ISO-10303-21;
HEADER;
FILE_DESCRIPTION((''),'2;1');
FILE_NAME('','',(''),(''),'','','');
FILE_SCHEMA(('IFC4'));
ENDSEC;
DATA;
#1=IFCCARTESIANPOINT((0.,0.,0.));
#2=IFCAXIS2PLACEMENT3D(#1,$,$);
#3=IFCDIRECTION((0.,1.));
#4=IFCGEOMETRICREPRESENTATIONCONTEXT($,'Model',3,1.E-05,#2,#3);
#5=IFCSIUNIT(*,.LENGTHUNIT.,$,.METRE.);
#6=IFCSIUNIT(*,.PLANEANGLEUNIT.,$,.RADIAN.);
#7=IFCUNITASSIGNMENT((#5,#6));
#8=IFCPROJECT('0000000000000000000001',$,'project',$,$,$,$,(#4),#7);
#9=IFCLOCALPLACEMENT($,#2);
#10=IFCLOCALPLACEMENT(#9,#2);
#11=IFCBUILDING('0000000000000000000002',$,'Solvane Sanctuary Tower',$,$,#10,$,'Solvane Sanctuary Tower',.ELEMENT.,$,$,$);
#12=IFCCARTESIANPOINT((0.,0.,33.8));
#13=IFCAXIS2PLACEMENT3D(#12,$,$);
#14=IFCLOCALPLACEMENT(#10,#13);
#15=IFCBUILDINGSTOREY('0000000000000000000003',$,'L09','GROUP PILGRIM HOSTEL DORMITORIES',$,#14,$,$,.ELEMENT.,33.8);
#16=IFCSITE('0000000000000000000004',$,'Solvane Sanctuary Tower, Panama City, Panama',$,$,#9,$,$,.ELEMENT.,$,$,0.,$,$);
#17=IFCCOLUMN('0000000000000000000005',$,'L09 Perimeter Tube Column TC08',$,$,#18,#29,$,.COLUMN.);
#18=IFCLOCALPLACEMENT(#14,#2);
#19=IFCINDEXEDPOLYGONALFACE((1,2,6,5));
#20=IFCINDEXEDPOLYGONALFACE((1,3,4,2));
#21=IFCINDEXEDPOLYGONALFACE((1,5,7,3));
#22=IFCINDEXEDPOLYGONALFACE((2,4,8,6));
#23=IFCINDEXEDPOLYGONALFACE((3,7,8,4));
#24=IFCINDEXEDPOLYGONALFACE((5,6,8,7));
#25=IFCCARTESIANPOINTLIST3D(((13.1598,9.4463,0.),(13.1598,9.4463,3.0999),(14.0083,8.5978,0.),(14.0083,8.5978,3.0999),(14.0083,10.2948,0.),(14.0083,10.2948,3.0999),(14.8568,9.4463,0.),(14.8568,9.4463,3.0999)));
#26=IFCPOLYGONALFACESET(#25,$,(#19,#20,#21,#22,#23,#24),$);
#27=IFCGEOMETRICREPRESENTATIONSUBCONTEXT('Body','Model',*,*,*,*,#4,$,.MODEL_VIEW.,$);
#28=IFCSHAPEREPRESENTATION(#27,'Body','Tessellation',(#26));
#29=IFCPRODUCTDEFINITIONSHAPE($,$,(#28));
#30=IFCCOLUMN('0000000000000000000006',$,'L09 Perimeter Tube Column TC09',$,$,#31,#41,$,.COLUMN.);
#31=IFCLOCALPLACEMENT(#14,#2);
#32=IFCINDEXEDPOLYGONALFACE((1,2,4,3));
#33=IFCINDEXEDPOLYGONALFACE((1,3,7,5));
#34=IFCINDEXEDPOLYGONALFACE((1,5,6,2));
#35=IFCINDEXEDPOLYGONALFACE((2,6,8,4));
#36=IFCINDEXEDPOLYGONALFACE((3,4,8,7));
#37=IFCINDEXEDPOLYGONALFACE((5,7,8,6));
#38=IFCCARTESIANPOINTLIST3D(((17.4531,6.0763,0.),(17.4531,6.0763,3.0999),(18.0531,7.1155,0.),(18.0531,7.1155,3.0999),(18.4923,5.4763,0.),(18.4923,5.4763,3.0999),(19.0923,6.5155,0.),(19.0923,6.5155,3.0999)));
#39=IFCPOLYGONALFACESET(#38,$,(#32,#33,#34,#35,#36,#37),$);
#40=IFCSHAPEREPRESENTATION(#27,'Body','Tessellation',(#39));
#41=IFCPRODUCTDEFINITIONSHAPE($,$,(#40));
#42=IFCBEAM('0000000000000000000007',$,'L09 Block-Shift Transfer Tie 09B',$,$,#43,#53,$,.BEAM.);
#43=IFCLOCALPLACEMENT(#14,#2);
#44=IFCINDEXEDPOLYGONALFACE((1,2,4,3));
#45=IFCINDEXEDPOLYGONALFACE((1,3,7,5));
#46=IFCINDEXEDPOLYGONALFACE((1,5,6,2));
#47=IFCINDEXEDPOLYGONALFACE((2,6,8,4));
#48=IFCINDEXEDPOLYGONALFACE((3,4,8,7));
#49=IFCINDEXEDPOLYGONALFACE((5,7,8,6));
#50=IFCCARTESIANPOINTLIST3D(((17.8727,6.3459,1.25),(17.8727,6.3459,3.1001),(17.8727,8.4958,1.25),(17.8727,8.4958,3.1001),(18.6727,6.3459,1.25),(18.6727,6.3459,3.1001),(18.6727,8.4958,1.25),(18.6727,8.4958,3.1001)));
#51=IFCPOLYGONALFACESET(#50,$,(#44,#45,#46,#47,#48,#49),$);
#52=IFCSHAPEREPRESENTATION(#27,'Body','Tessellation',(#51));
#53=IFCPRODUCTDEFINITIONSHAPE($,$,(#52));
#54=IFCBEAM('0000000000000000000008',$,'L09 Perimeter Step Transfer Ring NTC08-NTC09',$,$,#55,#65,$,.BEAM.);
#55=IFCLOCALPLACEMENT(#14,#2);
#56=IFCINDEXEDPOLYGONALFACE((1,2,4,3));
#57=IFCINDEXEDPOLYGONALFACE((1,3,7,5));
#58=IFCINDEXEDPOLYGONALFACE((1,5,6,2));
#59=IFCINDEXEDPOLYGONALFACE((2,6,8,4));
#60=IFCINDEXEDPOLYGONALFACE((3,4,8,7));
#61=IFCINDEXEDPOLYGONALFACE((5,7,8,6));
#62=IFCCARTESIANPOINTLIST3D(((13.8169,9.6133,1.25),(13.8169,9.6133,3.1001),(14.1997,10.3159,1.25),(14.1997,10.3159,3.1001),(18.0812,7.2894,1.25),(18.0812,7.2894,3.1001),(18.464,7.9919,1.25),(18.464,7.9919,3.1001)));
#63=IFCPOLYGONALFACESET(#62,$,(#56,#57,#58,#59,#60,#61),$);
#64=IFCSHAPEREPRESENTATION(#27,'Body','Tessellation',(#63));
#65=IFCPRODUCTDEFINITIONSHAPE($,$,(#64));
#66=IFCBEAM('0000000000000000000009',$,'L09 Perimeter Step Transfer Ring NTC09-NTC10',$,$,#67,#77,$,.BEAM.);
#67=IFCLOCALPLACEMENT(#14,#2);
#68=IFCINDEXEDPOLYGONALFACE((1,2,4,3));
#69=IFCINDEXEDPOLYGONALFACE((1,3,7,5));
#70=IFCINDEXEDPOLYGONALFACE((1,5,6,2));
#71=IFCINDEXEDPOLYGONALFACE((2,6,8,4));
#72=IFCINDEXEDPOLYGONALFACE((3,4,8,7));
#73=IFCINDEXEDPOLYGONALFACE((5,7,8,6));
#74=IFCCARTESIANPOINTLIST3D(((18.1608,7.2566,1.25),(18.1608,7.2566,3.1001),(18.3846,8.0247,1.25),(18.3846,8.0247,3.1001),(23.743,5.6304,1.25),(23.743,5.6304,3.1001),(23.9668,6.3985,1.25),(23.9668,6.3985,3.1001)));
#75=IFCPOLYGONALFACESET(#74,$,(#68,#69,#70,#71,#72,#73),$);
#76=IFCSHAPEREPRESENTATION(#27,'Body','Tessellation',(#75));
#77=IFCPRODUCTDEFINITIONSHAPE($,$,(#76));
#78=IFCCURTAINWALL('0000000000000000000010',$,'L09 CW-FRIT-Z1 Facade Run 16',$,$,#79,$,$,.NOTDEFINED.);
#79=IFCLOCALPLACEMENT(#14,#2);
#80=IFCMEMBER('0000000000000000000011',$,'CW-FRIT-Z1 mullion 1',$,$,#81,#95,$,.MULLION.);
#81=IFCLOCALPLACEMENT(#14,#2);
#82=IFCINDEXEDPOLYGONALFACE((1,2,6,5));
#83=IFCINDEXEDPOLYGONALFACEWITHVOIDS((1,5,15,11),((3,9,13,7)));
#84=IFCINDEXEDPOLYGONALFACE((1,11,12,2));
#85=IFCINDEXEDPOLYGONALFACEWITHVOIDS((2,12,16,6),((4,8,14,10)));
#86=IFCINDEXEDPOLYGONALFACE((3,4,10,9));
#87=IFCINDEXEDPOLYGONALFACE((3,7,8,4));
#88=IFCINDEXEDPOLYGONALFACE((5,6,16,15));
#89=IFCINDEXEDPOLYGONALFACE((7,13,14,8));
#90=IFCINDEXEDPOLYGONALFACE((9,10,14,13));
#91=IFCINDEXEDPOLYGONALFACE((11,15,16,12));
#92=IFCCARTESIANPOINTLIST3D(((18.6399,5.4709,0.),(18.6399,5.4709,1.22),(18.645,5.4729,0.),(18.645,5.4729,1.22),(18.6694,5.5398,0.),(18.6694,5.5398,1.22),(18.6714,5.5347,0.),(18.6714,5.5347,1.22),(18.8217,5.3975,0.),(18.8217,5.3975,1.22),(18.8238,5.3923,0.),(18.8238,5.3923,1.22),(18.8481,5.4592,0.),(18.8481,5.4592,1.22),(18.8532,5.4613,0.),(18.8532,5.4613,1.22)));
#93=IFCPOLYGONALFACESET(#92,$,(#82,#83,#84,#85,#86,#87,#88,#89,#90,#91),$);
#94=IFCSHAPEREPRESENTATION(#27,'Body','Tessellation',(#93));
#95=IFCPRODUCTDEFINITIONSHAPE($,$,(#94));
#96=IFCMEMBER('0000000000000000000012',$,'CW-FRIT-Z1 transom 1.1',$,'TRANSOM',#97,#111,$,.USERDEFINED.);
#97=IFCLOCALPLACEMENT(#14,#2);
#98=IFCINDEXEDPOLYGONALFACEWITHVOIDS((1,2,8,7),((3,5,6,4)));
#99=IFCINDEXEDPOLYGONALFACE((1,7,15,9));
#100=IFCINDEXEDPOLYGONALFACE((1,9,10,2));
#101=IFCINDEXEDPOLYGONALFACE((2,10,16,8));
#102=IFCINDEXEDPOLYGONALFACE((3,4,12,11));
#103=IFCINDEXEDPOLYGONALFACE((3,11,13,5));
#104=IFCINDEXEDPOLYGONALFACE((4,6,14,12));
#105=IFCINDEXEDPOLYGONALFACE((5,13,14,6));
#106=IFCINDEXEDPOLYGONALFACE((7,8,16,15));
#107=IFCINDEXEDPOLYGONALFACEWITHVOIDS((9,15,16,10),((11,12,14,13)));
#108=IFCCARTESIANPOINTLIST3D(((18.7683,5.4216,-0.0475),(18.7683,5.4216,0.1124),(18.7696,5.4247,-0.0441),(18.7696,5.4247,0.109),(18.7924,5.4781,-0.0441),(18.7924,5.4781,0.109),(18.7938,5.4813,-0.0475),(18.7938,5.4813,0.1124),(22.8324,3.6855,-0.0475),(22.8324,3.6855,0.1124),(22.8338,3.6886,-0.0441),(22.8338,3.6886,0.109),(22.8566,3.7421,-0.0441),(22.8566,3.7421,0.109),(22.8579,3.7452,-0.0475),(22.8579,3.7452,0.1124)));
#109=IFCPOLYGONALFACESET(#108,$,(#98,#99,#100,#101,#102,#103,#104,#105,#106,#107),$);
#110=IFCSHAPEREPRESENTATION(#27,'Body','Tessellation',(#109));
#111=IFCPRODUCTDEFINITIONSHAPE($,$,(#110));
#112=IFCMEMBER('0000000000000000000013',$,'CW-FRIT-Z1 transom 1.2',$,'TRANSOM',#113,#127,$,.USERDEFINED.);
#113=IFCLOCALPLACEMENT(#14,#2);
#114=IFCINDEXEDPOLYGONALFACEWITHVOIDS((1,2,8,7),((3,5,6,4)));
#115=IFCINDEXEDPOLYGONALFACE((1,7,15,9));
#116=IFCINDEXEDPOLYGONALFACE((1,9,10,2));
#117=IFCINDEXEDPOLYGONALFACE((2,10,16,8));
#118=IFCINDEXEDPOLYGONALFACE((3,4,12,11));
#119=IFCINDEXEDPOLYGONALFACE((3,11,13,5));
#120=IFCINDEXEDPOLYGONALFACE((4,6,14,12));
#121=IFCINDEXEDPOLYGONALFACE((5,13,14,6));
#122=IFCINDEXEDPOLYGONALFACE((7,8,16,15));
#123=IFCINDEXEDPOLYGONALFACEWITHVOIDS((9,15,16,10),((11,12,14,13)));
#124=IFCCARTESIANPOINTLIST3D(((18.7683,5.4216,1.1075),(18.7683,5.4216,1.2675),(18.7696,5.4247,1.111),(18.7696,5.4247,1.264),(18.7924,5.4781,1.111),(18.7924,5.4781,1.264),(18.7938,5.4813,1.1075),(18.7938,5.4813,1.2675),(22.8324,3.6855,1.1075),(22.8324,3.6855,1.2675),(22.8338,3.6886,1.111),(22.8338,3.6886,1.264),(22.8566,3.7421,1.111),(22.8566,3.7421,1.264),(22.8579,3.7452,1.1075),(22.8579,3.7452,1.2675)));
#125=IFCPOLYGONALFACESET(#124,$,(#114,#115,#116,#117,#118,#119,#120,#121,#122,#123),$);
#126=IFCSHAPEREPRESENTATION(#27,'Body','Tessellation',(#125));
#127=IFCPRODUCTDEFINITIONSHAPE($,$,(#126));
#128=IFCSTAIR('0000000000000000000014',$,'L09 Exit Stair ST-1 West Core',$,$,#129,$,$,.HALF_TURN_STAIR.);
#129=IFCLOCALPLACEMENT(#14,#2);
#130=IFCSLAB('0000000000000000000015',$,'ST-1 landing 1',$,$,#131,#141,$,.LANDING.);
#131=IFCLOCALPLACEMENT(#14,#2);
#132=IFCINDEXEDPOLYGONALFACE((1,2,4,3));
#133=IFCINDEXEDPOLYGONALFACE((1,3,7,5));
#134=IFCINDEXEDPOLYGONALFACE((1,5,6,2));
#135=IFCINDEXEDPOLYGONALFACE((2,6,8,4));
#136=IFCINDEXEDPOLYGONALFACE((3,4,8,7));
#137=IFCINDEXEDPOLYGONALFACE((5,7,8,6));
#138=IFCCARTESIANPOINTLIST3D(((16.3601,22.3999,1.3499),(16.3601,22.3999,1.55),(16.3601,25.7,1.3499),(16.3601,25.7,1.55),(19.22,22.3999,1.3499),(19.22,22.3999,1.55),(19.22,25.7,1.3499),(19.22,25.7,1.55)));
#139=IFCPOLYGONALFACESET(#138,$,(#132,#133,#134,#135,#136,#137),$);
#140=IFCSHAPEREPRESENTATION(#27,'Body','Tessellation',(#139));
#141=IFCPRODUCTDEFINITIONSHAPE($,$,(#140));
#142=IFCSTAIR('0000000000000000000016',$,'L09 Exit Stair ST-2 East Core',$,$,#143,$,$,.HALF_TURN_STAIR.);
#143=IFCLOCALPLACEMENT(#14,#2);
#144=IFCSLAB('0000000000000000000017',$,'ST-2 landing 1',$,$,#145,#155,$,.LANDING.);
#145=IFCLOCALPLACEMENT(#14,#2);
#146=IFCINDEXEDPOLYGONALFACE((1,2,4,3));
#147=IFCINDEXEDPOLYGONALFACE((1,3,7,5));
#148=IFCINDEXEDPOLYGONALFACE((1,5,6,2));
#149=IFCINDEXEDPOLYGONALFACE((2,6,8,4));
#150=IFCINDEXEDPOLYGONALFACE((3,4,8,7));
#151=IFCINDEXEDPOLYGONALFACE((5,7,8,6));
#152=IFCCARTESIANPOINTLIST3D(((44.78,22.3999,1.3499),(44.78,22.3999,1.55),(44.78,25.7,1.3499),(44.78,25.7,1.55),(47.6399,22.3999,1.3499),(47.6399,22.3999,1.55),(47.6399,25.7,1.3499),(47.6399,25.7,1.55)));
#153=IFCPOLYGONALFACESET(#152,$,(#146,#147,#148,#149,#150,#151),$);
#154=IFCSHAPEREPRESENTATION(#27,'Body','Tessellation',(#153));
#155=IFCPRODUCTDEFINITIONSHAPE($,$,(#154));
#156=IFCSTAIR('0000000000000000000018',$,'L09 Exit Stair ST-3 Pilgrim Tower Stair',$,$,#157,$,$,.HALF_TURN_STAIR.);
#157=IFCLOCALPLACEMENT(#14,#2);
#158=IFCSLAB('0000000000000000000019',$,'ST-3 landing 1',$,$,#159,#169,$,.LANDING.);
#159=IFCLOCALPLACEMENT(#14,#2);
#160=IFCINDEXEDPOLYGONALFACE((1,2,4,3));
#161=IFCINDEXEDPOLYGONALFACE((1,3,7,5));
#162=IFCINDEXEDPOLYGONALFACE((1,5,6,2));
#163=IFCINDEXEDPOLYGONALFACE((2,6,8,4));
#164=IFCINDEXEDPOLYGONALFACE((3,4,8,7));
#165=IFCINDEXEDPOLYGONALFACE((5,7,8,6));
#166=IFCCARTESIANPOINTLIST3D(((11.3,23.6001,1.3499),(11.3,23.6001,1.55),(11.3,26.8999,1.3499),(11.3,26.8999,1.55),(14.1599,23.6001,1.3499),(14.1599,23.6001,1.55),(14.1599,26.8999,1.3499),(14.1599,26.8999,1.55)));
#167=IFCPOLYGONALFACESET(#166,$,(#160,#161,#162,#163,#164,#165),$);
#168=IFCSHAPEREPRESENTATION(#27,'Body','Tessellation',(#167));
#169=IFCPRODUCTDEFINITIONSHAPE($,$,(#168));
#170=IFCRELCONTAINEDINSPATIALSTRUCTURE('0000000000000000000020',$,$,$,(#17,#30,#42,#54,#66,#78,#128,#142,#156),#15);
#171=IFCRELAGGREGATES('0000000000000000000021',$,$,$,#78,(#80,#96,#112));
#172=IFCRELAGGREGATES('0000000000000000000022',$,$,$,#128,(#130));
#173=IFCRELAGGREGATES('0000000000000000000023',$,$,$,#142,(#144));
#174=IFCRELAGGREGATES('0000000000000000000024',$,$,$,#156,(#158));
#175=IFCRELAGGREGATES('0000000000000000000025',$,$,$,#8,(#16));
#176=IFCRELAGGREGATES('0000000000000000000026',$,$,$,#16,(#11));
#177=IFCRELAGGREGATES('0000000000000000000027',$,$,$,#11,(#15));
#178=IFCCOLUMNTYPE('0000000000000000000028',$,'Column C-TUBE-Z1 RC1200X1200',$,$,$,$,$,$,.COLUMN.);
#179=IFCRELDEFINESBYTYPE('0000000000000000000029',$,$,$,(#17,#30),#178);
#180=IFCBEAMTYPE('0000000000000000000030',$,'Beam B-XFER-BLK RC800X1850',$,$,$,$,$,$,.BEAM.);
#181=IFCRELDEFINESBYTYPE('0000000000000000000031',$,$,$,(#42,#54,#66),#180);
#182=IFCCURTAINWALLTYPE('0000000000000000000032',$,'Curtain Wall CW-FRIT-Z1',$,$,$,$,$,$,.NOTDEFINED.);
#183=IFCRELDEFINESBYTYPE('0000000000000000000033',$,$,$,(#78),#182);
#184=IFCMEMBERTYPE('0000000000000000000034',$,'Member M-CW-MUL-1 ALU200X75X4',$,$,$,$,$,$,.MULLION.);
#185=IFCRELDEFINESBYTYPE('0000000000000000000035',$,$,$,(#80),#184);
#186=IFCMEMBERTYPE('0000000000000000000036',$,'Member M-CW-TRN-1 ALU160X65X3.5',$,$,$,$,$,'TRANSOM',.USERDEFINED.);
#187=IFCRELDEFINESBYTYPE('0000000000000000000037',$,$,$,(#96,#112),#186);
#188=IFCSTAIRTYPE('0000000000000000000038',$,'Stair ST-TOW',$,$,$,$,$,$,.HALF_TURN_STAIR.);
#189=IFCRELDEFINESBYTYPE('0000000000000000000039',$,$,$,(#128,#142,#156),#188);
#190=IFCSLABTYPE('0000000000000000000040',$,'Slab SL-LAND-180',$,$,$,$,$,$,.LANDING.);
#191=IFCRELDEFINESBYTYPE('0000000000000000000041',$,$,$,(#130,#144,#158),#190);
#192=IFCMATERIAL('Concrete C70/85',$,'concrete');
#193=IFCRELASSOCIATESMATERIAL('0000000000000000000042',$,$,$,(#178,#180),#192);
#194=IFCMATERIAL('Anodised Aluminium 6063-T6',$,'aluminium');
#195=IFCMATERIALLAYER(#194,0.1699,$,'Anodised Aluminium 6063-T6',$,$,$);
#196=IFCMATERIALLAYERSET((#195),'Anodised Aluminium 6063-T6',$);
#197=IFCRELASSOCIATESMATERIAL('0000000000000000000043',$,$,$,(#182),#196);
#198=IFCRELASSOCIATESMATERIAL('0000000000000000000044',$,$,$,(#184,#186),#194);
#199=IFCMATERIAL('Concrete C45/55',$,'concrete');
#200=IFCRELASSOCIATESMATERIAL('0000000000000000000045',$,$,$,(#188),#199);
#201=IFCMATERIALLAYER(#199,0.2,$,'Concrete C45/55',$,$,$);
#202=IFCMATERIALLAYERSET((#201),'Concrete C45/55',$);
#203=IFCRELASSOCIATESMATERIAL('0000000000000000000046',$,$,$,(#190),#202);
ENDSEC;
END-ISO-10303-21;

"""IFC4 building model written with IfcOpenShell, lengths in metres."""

from ifc_helpers import new_model, si_unit, direction, frame, origin, origin_2d, place, context, subcontext, project, spatial, polyline, rectangle, hollow_rectangle, outline, extrude, material, layer, layer_set, material_profile, profile_set, type_object, element, aggregate, save


model = new_model("IFC4")

# Units and contexts
model_context = context("Model", 3, precision=1e-05, world=origin(), true_north=direction((0.0, 1.0)))
body_context = subcontext(model_context, "Body", "Model", "MODEL_VIEW")
ifc_project = project(units=[si_unit("LENGTHUNIT", "METRE"), si_unit("PLANEANGLEUNIT", "RADIAN")], contexts=[model_context])

# Site, building, storey
site_placement = place(None, origin())
site = spatial("IfcSite", under=ifc_project, at=site_placement, Name="Solvane Sanctuary Tower, Panama City, Panama", CompositionType="ELEMENT", RefElevation=0.0)
building_placement = place(site_placement, origin())
building = spatial("IfcBuilding", under=site, at=building_placement, Name="Solvane Sanctuary Tower", LongName="Solvane Sanctuary Tower", CompositionType="ELEMENT")
storey_placement = place(building_placement, frame((0.0, 0.0, 33.8)))
storey = spatial("IfcBuildingStorey", under=building, at=storey_placement, Name="L09", Description="GROUP PILGRIM HOSTEL DORMITORIES", CompositionType="ELEMENT", Elevation=33.8)

# Columns
ifc_material_1 = material(Name="Concrete C70/85", Category="concrete")
ifc_material_profile_1 = material_profile(ifc_material_1, rectangle(XDim=1.2, YDim=1.2, at=origin_2d()), Name="RC1200X1200")
ifc_profile_set_1 = profile_set([ifc_material_profile_1], Name="Concrete C70/85")
column_type = type_object("IfcColumnType", Name="Column C-TUBE-Z1 RC1200X1200", PredefinedType="COLUMN", material=ifc_profile_set_1)
for number, where, z_axis, x_axis, name in (
    (1, (14.0083, 9.4463, 0.0), (0.0, 0.0, 1.0), (-0.707107, -0.707107, 0.0), "L09 Perimeter Tube Column TC08"),
    (2, (18.2727, 6.2959, 0.0), (0.0, 0.0, 1.0), (-0.5, -0.866025, 0.0), "L09 Perimeter Tube Column TC09"),
):
    element("IfcColumn", number, at=place(storey_placement, frame(where, z_axis=z_axis, x_axis=x_axis)), inside=storey, type_object=column_type, Name=name, PredefinedType="COLUMN", context=body_context, shape_type="SweptSolid", body=[
        extrude(rectangle(XDim=1.2, YDim=1.2, at=origin_2d()), origin(), (0.0, 0.0, 1.0), 3.0999),
    ])

# Beams
ifc_material_profile_2 = material_profile(ifc_material_1, rectangle(XDim=0.8, YDim=1.8501, at=origin_2d()), Name="RC800X1850")
ifc_profile_set_2 = profile_set([ifc_material_profile_2], Name="Concrete C70/85")
beam_type = type_object("IfcBeamType", Name="Beam B-XFER-BLK RC800X1850", PredefinedType="BEAM", material=ifc_profile_set_2)
beam_1_placement = place(storey_placement, frame((18.2727, 6.3459, 2.175), z_axis=(0.0, 1.0, 0.0), x_axis=(-1.0, 0.0, 0.0)))
element("IfcBeam", 3, at=beam_1_placement, inside=storey, type_object=beam_type, Name="L09 Block-Shift Transfer Tie 09B", PredefinedType="BEAM", context=body_context, shape_type="SweptSolid", body=[
    extrude(rectangle(XDim=0.8, YDim=1.8501, at=origin_2d()), origin(), (0.0, 0.0, 1.0), 2.1499),
])
beam_2_placement = place(storey_placement, frame((14.0083, 9.9646, 2.175), z_axis=(0.878074, -0.478525, 0.0), x_axis=(0.478525, 0.878074, 0.0)))
element("IfcBeam", 4, at=beam_2_placement, inside=storey, type_object=beam_type, Name="L09 Perimeter Step Transfer Ring NTC08-NTC09", PredefinedType="BEAM", context=body_context, shape_type="SweptSolid", body=[
    extrude(rectangle(XDim=0.8, YDim=1.8501, at=origin_2d()), origin(), (0.0, 0.0, 1.0), 4.8564),
])
beam_3_placement = place(storey_placement, frame((18.2727, 7.6406, 2.175), z_axis=(0.96009, -0.279692, 0.0), x_axis=(0.279692, 0.96009, 0.0)))
element("IfcBeam", 5, at=beam_3_placement, inside=storey, type_object=beam_type, Name="L09 Perimeter Step Transfer Ring NTC09-NTC10", PredefinedType="BEAM", context=body_context, shape_type="SweptSolid", body=[
    extrude(rectangle(XDim=0.8, YDim=1.8501, at=origin_2d()), origin(), (0.0, 0.0, 1.0), 5.8142),
])

# Curtain wall, members
ifc_material_2 = material(Name="Anodised Aluminium 6063-T6", Category="aluminium")
ifc_layer_1 = layer(ifc_material_2, 0.1699, Name="Anodised Aluminium 6063-T6")
ifc_layer_set_1 = layer_set([ifc_layer_1], Name="Anodised Aluminium 6063-T6")
curtain_wall_type = type_object("IfcCurtainWallType", Name="Curtain Wall CW-FRIT-Z1", PredefinedType="NOTDEFINED", material=ifc_layer_set_1)
curtain_wall_placement = place(storey_placement, origin())
curtain_wall = element("IfcCurtainWall", 6, at=curtain_wall_placement, inside=storey, type_object=curtain_wall_type, Name="L09 CW-FRIT-Z1 Facade Run 16", PredefinedType="NOTDEFINED")
ifc_material_profile_3 = material_profile(ifc_material_2, hollow_rectangle(XDim=0.075, YDim=0.2, WallThickness=0.0039, at=origin_2d()), Name="ALU200X75X4")
ifc_profile_set_3 = profile_set([ifc_material_profile_3], Name="Anodised Aluminium 6063-T6")
member_type_1 = type_object("IfcMemberType", Name="Member M-CW-MUL-1 ALU200X75X4", PredefinedType="MULLION", material=ifc_profile_set_3)
member_1_placement = place(storey_placement, frame((18.7466, 5.4661, 0.0), z_axis=(0.0, 0.0, 1.0), x_axis=(0.39282, 0.919615, 0.0)))
member_1 = element("IfcMember", 7, at=member_1_placement, type_object=member_type_1, Name="CW-FRIT-Z1 mullion 1", PredefinedType="MULLION", context=body_context, shape_type="SweptSolid", body=[
    extrude(hollow_rectangle(XDim=0.075, YDim=0.2, WallThickness=0.0039, at=origin_2d()), origin(), (0.0, 0.0, 1.0), 1.22),
])
ifc_material_profile_4 = material_profile(ifc_material_2, hollow_rectangle(XDim=0.0649, YDim=0.1599, WallThickness=0.0034, at=origin_2d()), Name="ALU160X65X3.5")
ifc_profile_set_4 = profile_set([ifc_material_profile_4], Name="Anodised Aluminium 6063-T6")
member_type_2 = type_object("IfcMemberType", Name="Member M-CW-TRN-1 ALU160X65X3.5", ElementType="TRANSOM", PredefinedType="USERDEFINED", material=ifc_profile_set_4)
member_2_placement = place(storey_placement, frame((18.781, 5.4514, 0.0325), z_axis=(0.919613, -0.392826, 0.0), x_axis=(0.392826, 0.919613, 0.0)))
member_2 = element("IfcMember", 8, at=member_2_placement, type_object=member_type_2, Name="CW-FRIT-Z1 transom 1.1", ObjectType="TRANSOM", PredefinedType="USERDEFINED", context=body_context, shape_type="SweptSolid", body=[
    extrude(hollow_rectangle(XDim=0.0649, YDim=0.1599, WallThickness=0.0034, at=origin_2d()), origin(), (0.0, 0.0, 1.0), 4.4194),
])
member_3_placement = place(storey_placement, frame((18.781, 5.4514, 1.1875), z_axis=(0.919613, -0.392826, 0.0), x_axis=(0.392826, 0.919613, 0.0)))
member_3 = element("IfcMember", 9, at=member_3_placement, type_object=member_type_2, Name="CW-FRIT-Z1 transom 1.2", ObjectType="TRANSOM", PredefinedType="USERDEFINED", context=body_context, shape_type="SweptSolid", body=[
    extrude(hollow_rectangle(XDim=0.0649, YDim=0.1599, WallThickness=0.0034, at=origin_2d()), origin(), (0.0, 0.0, 1.0), 4.4194),
])
aggregate(curtain_wall, [member_1, member_2, member_3])

# Stairs, slabs
ifc_material_3 = material(Name="Concrete C45/55", Category="concrete")
stair_type = type_object("IfcStairType", Name="Stair ST-TOW", PredefinedType="HALF_TURN_STAIR", material=ifc_material_3)
stair_1_placement = place(storey_placement, origin())
stair_1 = element("IfcStair", 10, at=stair_1_placement, inside=storey, type_object=stair_type, Name="L09 Exit Stair ST-1 West Core", PredefinedType="HALF_TURN_STAIR")
ifc_layer_2 = layer(ifc_material_3, 0.2, Name="Concrete C45/55")
ifc_layer_set_2 = layer_set([ifc_layer_2], Name="Concrete C45/55")
slab_type_1 = type_object("IfcSlabType", Name="Slab SL-LAND-180", PredefinedType="LANDING", material=ifc_layer_set_2)
slab_1_placement = place(storey_placement, frame((0.0, 0.0, 1.3499)))
slab_1 = element("IfcSlab", 11, at=slab_1_placement, type_object=slab_type_1, Name="ST-1 landing 1", PredefinedType="LANDING", context=body_context, shape_type="SweptSolid", body=[
    extrude(outline(polyline([(19.22, 22.3999), (19.22, 25.7), (16.3601, 25.7), (16.3601, 22.3999), (19.22, 22.3999)])), origin(), (0.0, 0.0, 1.0), 0.2002),
])
aggregate(stair_1, [slab_1])
stair_2_placement = place(storey_placement, origin())
stair_2 = element("IfcStair", 12, at=stair_2_placement, inside=storey, type_object=stair_type, Name="L09 Exit Stair ST-2 East Core", PredefinedType="HALF_TURN_STAIR")
slab_2_placement = place(storey_placement, frame((0.0, 0.0, 1.3499)))
slab_2 = element("IfcSlab", 13, at=slab_2_placement, type_object=slab_type_1, Name="ST-2 landing 1", PredefinedType="LANDING", context=body_context, shape_type="SweptSolid", body=[
    extrude(outline(polyline([(47.6399, 22.3999), (47.6399, 25.7), (44.78, 25.7), (44.78, 22.3999), (47.6399, 22.3999)])), origin(), (0.0, 0.0, 1.0), 0.2002),
])
aggregate(stair_2, [slab_2])
stair_3_placement = place(storey_placement, origin())
stair_3 = element("IfcStair", 14, at=stair_3_placement, inside=storey, type_object=stair_type, Name="L09 Exit Stair ST-3 Pilgrim Tower Stair", PredefinedType="HALF_TURN_STAIR")
slab_3_placement = place(storey_placement, frame((0.0, 0.0, 1.3499)))
slab_3 = element("IfcSlab", 15, at=slab_3_placement, type_object=slab_type_1, Name="ST-3 landing 1", PredefinedType="LANDING", context=body_context, shape_type="SweptSolid", body=[
    extrude(outline(polyline([(14.1599, 23.6001), (14.1599, 26.8999), (11.3, 26.8999), (11.3, 23.6001), (14.1599, 23.6001)])), origin(), (0.0, 0.0, 1.0), 0.2002),
])
aggregate(stair_3, [slab_3])

save(model, "model.ifc")
